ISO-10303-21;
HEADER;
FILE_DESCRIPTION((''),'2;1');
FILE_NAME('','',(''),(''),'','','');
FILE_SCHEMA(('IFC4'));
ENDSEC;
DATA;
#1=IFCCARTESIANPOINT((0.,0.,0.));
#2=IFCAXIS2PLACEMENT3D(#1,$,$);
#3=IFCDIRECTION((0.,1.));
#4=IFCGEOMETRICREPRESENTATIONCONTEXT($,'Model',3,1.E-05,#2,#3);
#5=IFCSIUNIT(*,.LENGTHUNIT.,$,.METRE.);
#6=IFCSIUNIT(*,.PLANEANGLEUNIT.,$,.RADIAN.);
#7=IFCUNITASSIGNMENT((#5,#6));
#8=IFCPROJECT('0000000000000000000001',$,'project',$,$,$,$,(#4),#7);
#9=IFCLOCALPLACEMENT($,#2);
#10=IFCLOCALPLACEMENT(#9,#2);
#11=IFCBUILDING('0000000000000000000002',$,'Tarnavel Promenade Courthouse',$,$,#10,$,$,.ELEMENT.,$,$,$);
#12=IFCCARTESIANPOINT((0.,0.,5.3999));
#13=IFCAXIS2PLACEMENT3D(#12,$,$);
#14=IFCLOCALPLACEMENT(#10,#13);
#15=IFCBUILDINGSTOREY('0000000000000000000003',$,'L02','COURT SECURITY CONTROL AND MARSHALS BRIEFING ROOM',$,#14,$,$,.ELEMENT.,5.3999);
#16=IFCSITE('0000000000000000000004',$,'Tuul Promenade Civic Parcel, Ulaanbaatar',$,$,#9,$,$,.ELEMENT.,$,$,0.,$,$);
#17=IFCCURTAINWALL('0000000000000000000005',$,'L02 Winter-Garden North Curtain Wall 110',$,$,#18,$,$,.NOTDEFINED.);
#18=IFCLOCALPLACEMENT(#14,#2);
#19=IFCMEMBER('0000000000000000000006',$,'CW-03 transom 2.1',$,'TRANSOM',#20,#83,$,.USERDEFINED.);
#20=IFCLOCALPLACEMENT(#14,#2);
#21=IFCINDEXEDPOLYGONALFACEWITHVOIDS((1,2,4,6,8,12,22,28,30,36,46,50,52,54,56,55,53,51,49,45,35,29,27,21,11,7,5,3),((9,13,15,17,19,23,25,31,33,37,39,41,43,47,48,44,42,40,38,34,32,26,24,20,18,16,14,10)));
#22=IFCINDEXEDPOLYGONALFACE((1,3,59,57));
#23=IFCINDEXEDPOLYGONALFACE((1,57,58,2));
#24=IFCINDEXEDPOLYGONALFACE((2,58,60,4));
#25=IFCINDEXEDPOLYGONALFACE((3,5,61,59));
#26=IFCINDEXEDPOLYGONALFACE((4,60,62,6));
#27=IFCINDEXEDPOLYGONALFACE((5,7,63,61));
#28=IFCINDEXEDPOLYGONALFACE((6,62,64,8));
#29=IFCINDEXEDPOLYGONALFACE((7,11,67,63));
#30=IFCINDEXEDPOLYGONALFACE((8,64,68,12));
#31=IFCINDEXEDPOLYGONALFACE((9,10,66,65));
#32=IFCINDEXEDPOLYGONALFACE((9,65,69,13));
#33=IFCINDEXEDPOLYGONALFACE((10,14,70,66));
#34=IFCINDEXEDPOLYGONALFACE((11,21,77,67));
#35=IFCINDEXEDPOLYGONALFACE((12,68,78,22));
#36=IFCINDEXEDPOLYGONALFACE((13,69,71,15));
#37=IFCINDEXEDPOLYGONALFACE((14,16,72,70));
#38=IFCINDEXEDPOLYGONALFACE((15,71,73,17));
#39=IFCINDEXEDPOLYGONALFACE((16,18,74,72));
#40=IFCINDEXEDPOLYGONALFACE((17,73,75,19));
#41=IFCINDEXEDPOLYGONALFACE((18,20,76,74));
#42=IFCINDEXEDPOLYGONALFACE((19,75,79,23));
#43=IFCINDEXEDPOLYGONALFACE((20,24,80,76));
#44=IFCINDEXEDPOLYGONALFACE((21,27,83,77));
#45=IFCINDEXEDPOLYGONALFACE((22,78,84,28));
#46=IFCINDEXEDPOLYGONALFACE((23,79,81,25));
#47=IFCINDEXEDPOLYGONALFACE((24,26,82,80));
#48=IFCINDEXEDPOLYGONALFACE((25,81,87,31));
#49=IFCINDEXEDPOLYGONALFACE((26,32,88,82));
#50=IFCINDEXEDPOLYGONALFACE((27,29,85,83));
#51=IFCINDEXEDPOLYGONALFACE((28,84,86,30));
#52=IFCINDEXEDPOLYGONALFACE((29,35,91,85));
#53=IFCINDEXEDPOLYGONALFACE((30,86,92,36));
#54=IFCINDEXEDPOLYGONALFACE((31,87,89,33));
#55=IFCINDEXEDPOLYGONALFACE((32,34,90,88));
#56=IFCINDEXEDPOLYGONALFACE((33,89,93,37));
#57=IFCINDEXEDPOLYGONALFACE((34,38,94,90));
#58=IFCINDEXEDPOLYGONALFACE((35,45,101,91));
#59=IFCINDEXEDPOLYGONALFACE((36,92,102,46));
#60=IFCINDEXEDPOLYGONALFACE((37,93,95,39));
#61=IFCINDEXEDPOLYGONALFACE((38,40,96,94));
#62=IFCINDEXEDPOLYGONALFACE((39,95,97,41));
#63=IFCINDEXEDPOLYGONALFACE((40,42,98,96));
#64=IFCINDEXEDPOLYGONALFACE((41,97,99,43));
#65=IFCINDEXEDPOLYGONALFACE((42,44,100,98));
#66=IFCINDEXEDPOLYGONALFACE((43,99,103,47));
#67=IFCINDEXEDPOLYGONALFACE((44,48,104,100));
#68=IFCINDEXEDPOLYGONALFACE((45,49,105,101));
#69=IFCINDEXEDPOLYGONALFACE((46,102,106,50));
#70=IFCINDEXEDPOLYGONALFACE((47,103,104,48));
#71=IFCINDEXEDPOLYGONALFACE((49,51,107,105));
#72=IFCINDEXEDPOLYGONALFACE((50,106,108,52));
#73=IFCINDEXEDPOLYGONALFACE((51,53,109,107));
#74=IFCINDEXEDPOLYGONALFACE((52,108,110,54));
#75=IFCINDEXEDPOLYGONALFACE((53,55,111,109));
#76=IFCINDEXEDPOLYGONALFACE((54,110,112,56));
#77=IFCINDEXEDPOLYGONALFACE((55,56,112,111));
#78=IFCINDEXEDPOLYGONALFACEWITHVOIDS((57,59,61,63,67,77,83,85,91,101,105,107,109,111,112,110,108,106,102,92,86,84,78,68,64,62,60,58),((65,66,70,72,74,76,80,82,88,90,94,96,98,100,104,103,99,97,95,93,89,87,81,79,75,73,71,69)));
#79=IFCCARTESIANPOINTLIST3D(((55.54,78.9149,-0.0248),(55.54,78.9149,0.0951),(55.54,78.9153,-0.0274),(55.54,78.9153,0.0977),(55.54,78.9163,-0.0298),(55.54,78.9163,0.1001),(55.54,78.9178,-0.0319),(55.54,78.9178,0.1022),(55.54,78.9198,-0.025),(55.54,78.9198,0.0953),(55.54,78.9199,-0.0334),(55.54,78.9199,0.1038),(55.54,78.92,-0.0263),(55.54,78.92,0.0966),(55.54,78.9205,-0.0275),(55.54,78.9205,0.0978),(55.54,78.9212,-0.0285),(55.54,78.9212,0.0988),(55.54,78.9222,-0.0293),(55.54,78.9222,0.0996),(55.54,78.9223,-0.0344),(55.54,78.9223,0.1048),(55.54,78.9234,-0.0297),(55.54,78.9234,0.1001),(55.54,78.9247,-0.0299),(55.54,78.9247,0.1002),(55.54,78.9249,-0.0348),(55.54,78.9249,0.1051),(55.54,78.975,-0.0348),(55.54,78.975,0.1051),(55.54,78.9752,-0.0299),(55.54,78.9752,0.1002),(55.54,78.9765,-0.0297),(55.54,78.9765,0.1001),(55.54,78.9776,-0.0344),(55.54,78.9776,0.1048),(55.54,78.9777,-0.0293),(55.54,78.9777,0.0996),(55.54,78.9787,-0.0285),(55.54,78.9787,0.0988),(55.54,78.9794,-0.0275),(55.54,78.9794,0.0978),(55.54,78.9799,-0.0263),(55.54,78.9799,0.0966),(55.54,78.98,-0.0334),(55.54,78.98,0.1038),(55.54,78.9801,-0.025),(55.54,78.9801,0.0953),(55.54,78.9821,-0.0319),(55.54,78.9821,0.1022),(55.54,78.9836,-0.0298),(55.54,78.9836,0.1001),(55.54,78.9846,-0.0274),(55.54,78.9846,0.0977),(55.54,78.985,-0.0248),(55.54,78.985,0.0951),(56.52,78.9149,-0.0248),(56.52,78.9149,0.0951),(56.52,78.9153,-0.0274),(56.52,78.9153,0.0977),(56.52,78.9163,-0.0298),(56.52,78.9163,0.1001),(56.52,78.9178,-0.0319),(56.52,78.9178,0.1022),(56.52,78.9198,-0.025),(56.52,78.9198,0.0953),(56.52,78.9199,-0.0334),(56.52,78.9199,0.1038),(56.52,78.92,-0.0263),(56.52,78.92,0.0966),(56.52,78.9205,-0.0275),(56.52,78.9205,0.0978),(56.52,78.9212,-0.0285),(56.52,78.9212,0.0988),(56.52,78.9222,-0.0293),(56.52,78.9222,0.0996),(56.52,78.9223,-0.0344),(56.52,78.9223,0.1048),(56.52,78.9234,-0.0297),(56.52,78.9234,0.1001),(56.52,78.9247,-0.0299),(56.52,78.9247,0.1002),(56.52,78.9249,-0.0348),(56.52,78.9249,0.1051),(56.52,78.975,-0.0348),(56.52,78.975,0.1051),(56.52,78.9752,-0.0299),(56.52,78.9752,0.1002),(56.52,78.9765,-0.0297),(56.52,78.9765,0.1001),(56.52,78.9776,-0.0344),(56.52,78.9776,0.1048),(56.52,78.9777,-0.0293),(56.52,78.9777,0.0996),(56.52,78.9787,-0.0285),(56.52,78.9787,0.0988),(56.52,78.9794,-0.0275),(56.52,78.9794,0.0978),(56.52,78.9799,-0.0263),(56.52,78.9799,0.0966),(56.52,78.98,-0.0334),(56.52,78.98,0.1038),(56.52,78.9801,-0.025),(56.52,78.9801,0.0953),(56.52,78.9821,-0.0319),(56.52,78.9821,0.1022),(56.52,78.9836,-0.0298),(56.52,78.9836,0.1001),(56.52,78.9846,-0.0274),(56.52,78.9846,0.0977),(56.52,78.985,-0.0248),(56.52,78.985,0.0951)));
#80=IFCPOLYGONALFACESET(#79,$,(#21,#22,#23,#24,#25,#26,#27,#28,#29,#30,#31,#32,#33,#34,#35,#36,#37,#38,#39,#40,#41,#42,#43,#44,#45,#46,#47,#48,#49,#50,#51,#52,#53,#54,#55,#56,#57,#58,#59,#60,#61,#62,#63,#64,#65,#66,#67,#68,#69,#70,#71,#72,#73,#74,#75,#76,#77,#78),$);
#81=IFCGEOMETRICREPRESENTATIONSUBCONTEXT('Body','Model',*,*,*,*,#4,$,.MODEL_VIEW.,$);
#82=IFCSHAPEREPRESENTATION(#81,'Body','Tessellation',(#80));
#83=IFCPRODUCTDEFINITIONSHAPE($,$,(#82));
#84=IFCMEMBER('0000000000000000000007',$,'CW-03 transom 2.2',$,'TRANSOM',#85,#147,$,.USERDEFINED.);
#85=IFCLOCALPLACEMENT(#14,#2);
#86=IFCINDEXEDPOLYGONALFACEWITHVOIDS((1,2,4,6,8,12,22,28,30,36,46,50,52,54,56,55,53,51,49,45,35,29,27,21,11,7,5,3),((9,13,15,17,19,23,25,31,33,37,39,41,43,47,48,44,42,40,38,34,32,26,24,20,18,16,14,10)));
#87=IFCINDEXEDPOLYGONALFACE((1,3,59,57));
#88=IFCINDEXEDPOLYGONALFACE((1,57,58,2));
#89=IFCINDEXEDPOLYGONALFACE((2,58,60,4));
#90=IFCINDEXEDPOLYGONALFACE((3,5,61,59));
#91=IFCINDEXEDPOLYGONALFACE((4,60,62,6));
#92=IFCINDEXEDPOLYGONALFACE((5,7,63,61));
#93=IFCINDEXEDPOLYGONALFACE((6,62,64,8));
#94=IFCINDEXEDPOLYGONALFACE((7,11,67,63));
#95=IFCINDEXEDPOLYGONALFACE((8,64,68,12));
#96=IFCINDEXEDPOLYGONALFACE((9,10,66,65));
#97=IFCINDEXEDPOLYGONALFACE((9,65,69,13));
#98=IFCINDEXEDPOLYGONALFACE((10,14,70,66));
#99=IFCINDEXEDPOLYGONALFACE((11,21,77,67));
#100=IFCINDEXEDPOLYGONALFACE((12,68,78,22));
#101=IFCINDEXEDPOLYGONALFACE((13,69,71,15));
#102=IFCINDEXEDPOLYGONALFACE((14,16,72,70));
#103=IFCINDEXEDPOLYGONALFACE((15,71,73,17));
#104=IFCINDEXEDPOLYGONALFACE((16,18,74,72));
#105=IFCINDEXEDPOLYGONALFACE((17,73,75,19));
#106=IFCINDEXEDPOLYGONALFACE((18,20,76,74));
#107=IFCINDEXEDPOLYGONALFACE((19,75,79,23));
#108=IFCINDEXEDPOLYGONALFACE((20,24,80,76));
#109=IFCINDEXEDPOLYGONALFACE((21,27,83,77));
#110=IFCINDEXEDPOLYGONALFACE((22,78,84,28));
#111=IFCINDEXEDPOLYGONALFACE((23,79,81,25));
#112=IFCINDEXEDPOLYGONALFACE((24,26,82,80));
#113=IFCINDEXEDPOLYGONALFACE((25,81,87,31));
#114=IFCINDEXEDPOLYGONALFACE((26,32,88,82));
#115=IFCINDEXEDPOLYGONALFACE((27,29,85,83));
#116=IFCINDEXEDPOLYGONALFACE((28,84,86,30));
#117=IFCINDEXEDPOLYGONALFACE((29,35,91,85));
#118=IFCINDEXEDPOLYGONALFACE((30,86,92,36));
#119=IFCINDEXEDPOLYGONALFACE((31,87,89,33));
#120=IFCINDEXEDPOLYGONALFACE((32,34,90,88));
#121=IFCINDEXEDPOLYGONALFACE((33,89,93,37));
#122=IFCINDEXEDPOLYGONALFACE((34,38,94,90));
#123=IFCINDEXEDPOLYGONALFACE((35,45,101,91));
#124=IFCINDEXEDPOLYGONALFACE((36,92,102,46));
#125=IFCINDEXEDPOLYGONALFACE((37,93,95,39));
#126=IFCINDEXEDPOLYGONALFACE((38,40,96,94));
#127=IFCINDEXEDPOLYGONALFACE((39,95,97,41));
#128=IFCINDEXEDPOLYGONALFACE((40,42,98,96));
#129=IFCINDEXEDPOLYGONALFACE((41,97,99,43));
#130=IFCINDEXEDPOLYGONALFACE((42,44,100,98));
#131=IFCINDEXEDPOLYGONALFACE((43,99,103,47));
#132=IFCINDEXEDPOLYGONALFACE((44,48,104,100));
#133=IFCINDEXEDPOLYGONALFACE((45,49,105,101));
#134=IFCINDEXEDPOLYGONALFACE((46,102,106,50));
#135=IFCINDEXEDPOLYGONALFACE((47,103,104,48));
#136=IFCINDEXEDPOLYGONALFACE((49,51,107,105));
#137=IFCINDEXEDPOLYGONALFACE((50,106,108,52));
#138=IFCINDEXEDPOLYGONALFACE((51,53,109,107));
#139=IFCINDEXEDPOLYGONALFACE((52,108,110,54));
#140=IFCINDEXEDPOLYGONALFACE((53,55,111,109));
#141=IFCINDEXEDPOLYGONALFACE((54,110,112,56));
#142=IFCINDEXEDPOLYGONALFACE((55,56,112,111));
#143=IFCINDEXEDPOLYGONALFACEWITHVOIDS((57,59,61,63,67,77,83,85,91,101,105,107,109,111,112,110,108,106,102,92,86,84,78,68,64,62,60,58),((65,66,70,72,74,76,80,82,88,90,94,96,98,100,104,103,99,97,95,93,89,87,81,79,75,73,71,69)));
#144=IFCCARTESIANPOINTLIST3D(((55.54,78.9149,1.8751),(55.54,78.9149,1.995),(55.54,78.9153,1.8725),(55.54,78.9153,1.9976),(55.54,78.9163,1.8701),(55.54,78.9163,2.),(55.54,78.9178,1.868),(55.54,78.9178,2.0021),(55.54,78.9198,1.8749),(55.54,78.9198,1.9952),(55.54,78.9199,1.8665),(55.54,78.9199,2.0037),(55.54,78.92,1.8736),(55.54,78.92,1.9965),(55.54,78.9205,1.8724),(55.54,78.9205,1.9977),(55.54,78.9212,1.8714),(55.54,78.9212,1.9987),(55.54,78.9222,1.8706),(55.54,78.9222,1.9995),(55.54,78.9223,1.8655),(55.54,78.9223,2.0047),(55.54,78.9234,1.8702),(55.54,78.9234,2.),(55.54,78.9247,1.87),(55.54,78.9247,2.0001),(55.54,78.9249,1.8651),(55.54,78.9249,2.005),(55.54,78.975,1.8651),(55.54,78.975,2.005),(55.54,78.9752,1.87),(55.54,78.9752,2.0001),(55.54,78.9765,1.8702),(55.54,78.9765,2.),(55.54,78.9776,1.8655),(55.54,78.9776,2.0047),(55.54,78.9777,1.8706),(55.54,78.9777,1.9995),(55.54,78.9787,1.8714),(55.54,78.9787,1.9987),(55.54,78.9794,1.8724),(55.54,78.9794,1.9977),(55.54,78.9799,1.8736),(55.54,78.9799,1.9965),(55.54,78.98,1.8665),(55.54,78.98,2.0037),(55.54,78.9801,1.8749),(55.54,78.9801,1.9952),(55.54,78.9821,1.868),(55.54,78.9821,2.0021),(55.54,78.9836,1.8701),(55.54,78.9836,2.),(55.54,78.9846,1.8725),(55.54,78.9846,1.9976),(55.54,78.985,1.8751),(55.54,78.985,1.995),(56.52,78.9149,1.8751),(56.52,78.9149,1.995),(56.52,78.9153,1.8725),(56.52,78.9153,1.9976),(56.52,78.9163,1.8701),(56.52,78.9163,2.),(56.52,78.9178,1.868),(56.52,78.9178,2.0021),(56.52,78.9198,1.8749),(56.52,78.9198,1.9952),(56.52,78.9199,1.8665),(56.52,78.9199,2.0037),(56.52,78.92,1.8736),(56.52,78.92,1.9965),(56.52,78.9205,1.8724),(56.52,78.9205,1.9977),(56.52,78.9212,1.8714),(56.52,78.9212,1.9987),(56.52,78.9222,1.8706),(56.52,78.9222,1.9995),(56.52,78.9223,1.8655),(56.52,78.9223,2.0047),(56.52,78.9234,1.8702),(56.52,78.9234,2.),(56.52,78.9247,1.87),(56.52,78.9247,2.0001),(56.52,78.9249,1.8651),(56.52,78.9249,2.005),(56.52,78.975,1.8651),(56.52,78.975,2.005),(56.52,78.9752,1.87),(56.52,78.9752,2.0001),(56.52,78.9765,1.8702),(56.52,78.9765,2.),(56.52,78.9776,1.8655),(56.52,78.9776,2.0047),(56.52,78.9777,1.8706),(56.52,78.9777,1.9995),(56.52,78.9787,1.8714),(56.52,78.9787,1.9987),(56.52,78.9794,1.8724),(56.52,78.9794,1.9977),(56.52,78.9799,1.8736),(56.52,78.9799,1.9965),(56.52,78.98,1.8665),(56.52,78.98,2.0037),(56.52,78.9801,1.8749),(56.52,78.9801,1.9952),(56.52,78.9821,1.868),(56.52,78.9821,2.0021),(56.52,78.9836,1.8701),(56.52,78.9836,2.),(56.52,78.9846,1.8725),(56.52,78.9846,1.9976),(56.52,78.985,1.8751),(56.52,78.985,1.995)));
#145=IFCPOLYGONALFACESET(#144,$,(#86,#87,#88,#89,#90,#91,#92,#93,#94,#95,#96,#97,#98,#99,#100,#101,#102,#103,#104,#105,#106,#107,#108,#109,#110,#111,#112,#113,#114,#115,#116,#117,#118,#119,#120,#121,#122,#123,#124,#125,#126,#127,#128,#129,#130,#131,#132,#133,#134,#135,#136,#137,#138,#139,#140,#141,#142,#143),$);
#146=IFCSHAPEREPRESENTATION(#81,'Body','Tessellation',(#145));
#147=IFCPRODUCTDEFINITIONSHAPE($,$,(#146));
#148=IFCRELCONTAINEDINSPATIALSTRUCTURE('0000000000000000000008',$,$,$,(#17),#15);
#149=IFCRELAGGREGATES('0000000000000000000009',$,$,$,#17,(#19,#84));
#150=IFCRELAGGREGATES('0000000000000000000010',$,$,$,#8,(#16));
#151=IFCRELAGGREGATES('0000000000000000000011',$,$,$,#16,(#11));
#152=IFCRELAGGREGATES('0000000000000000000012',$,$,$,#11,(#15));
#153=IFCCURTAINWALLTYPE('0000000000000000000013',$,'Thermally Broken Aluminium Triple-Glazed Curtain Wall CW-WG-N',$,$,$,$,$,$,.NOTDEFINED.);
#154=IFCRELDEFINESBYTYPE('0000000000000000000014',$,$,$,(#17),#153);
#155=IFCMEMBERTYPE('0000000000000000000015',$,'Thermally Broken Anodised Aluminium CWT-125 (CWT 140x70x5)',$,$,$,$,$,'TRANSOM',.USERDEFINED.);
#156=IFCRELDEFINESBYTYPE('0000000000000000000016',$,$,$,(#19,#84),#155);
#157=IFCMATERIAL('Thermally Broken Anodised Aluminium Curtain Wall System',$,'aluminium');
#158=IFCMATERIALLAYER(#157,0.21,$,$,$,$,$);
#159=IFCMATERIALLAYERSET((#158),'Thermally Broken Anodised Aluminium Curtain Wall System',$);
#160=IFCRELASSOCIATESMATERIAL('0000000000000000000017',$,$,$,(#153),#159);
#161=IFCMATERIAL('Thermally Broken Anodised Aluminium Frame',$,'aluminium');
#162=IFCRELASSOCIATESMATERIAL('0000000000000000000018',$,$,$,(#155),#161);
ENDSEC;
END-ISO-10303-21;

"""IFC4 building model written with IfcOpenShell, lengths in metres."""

from ifc_helpers import new_model, si_unit, direction, frame, origin, origin_2d, place, context, subcontext, project, spatial, hollow_rectangle, extrude, material, layer, layer_set, material_profile, profile_set, type_object, element, aggregate, save


model = new_model("IFC4")

# Units and contexts
model_context = context("Model", 3, precision=1e-05, world=origin(), true_north=direction((0.0, 1.0)))
body_context = subcontext(model_context, "Body", "Model", "MODEL_VIEW")
ifc_project = project(units=[si_unit("LENGTHUNIT", "METRE"), si_unit("PLANEANGLEUNIT", "RADIAN")], contexts=[model_context])

# Site, building, storey
site_placement = place(None, origin())
site = spatial("IfcSite", under=ifc_project, at=site_placement, Name="Tuul Promenade Civic Parcel, Ulaanbaatar", CompositionType="ELEMENT", RefElevation=0.0)
building_placement = place(site_placement, origin())
building = spatial("IfcBuilding", under=site, at=building_placement, Name="Tarnavel Promenade Courthouse", CompositionType="ELEMENT")
storey_placement = place(building_placement, frame((0.0, 0.0, 5.3999)))
storey = spatial("IfcBuildingStorey", under=building, at=storey_placement, Name="L02", Description="COURT SECURITY CONTROL AND MARSHALS BRIEFING ROOM", CompositionType="ELEMENT", Elevation=5.3999)

# Curtain wall, members
ifc_material_1 = material(Name="Thermally Broken Anodised Aluminium Curtain Wall System", Category="aluminium")
ifc_layer_1 = layer(ifc_material_1, 0.21)
ifc_layer_set_1 = layer_set([ifc_layer_1], Name="Thermally Broken Anodised Aluminium Curtain Wall System")
curtain_wall_type = type_object("IfcCurtainWallType", Name="Thermally Broken Aluminium Triple-Glazed Curtain Wall CW-WG-N", PredefinedType="NOTDEFINED", material=ifc_layer_set_1)
curtain_wall_placement = place(storey_placement, origin())
curtain_wall = element("IfcCurtainWall", 1, at=curtain_wall_placement, inside=storey, type_object=curtain_wall_type, Name="L02 Winter-Garden North Curtain Wall 110", PredefinedType="NOTDEFINED")
ifc_material_2 = material(Name="Thermally Broken Anodised Aluminium Frame", Category="aluminium")
ifc_material_profile_1 = material_profile(ifc_material_2, hollow_rectangle(XDim=0.0701, YDim=0.1399, WallThickness=0.0049, InnerFilletRadius=0.0049, OuterFilletRadius=0.01, at=origin_2d()), Name="CWT 140x70x5")
ifc_profile_set_1 = profile_set([ifc_material_profile_1], Name="Thermally Broken Anodised Aluminium Frame")
member_type_1 = type_object("IfcMemberType", Name="Thermally Broken Anodised Aluminium CWT-125 (CWT 140x70x5)", ElementType="TRANSOM", PredefinedType="USERDEFINED", material=ifc_profile_set_1)
member_1_placement = place(storey_placement, frame((55.54, 78.95, 0.0352), z_axis=(1.0, 0.0, 0.0), x_axis=(0.0, 1.0, 0.0)))
member_1 = element("IfcMember", 2, at=member_1_placement, type_object=member_type_1, Name="CW-03 transom 2.1", ObjectType="TRANSOM", PredefinedType="USERDEFINED", context=body_context, shape_type="SweptSolid", body=[
    extrude(hollow_rectangle(XDim=0.0701, YDim=0.1399, WallThickness=0.0049, InnerFilletRadius=0.0049, OuterFilletRadius=0.01, at=origin_2d()), origin(), (0.0, 0.0, 1.0), 0.98),
])
member_2_placement = place(storey_placement, frame((55.54, 78.95, 1.9351), z_axis=(1.0, 0.0, 0.0), x_axis=(0.0, 1.0, 0.0)))
member_2 = element("IfcMember", 3, at=member_2_placement, type_object=member_type_1, Name="CW-03 transom 2.2", ObjectType="TRANSOM", PredefinedType="USERDEFINED", context=body_context, shape_type="SweptSolid", body=[
    extrude(hollow_rectangle(XDim=0.0701, YDim=0.1399, WallThickness=0.0049, InnerFilletRadius=0.0049, OuterFilletRadius=0.01, at=origin_2d()), origin(), (0.0, 0.0, 1.0), 0.98),
])
aggregate(curtain_wall, [member_1, member_2])

save(model, "model.ifc")
